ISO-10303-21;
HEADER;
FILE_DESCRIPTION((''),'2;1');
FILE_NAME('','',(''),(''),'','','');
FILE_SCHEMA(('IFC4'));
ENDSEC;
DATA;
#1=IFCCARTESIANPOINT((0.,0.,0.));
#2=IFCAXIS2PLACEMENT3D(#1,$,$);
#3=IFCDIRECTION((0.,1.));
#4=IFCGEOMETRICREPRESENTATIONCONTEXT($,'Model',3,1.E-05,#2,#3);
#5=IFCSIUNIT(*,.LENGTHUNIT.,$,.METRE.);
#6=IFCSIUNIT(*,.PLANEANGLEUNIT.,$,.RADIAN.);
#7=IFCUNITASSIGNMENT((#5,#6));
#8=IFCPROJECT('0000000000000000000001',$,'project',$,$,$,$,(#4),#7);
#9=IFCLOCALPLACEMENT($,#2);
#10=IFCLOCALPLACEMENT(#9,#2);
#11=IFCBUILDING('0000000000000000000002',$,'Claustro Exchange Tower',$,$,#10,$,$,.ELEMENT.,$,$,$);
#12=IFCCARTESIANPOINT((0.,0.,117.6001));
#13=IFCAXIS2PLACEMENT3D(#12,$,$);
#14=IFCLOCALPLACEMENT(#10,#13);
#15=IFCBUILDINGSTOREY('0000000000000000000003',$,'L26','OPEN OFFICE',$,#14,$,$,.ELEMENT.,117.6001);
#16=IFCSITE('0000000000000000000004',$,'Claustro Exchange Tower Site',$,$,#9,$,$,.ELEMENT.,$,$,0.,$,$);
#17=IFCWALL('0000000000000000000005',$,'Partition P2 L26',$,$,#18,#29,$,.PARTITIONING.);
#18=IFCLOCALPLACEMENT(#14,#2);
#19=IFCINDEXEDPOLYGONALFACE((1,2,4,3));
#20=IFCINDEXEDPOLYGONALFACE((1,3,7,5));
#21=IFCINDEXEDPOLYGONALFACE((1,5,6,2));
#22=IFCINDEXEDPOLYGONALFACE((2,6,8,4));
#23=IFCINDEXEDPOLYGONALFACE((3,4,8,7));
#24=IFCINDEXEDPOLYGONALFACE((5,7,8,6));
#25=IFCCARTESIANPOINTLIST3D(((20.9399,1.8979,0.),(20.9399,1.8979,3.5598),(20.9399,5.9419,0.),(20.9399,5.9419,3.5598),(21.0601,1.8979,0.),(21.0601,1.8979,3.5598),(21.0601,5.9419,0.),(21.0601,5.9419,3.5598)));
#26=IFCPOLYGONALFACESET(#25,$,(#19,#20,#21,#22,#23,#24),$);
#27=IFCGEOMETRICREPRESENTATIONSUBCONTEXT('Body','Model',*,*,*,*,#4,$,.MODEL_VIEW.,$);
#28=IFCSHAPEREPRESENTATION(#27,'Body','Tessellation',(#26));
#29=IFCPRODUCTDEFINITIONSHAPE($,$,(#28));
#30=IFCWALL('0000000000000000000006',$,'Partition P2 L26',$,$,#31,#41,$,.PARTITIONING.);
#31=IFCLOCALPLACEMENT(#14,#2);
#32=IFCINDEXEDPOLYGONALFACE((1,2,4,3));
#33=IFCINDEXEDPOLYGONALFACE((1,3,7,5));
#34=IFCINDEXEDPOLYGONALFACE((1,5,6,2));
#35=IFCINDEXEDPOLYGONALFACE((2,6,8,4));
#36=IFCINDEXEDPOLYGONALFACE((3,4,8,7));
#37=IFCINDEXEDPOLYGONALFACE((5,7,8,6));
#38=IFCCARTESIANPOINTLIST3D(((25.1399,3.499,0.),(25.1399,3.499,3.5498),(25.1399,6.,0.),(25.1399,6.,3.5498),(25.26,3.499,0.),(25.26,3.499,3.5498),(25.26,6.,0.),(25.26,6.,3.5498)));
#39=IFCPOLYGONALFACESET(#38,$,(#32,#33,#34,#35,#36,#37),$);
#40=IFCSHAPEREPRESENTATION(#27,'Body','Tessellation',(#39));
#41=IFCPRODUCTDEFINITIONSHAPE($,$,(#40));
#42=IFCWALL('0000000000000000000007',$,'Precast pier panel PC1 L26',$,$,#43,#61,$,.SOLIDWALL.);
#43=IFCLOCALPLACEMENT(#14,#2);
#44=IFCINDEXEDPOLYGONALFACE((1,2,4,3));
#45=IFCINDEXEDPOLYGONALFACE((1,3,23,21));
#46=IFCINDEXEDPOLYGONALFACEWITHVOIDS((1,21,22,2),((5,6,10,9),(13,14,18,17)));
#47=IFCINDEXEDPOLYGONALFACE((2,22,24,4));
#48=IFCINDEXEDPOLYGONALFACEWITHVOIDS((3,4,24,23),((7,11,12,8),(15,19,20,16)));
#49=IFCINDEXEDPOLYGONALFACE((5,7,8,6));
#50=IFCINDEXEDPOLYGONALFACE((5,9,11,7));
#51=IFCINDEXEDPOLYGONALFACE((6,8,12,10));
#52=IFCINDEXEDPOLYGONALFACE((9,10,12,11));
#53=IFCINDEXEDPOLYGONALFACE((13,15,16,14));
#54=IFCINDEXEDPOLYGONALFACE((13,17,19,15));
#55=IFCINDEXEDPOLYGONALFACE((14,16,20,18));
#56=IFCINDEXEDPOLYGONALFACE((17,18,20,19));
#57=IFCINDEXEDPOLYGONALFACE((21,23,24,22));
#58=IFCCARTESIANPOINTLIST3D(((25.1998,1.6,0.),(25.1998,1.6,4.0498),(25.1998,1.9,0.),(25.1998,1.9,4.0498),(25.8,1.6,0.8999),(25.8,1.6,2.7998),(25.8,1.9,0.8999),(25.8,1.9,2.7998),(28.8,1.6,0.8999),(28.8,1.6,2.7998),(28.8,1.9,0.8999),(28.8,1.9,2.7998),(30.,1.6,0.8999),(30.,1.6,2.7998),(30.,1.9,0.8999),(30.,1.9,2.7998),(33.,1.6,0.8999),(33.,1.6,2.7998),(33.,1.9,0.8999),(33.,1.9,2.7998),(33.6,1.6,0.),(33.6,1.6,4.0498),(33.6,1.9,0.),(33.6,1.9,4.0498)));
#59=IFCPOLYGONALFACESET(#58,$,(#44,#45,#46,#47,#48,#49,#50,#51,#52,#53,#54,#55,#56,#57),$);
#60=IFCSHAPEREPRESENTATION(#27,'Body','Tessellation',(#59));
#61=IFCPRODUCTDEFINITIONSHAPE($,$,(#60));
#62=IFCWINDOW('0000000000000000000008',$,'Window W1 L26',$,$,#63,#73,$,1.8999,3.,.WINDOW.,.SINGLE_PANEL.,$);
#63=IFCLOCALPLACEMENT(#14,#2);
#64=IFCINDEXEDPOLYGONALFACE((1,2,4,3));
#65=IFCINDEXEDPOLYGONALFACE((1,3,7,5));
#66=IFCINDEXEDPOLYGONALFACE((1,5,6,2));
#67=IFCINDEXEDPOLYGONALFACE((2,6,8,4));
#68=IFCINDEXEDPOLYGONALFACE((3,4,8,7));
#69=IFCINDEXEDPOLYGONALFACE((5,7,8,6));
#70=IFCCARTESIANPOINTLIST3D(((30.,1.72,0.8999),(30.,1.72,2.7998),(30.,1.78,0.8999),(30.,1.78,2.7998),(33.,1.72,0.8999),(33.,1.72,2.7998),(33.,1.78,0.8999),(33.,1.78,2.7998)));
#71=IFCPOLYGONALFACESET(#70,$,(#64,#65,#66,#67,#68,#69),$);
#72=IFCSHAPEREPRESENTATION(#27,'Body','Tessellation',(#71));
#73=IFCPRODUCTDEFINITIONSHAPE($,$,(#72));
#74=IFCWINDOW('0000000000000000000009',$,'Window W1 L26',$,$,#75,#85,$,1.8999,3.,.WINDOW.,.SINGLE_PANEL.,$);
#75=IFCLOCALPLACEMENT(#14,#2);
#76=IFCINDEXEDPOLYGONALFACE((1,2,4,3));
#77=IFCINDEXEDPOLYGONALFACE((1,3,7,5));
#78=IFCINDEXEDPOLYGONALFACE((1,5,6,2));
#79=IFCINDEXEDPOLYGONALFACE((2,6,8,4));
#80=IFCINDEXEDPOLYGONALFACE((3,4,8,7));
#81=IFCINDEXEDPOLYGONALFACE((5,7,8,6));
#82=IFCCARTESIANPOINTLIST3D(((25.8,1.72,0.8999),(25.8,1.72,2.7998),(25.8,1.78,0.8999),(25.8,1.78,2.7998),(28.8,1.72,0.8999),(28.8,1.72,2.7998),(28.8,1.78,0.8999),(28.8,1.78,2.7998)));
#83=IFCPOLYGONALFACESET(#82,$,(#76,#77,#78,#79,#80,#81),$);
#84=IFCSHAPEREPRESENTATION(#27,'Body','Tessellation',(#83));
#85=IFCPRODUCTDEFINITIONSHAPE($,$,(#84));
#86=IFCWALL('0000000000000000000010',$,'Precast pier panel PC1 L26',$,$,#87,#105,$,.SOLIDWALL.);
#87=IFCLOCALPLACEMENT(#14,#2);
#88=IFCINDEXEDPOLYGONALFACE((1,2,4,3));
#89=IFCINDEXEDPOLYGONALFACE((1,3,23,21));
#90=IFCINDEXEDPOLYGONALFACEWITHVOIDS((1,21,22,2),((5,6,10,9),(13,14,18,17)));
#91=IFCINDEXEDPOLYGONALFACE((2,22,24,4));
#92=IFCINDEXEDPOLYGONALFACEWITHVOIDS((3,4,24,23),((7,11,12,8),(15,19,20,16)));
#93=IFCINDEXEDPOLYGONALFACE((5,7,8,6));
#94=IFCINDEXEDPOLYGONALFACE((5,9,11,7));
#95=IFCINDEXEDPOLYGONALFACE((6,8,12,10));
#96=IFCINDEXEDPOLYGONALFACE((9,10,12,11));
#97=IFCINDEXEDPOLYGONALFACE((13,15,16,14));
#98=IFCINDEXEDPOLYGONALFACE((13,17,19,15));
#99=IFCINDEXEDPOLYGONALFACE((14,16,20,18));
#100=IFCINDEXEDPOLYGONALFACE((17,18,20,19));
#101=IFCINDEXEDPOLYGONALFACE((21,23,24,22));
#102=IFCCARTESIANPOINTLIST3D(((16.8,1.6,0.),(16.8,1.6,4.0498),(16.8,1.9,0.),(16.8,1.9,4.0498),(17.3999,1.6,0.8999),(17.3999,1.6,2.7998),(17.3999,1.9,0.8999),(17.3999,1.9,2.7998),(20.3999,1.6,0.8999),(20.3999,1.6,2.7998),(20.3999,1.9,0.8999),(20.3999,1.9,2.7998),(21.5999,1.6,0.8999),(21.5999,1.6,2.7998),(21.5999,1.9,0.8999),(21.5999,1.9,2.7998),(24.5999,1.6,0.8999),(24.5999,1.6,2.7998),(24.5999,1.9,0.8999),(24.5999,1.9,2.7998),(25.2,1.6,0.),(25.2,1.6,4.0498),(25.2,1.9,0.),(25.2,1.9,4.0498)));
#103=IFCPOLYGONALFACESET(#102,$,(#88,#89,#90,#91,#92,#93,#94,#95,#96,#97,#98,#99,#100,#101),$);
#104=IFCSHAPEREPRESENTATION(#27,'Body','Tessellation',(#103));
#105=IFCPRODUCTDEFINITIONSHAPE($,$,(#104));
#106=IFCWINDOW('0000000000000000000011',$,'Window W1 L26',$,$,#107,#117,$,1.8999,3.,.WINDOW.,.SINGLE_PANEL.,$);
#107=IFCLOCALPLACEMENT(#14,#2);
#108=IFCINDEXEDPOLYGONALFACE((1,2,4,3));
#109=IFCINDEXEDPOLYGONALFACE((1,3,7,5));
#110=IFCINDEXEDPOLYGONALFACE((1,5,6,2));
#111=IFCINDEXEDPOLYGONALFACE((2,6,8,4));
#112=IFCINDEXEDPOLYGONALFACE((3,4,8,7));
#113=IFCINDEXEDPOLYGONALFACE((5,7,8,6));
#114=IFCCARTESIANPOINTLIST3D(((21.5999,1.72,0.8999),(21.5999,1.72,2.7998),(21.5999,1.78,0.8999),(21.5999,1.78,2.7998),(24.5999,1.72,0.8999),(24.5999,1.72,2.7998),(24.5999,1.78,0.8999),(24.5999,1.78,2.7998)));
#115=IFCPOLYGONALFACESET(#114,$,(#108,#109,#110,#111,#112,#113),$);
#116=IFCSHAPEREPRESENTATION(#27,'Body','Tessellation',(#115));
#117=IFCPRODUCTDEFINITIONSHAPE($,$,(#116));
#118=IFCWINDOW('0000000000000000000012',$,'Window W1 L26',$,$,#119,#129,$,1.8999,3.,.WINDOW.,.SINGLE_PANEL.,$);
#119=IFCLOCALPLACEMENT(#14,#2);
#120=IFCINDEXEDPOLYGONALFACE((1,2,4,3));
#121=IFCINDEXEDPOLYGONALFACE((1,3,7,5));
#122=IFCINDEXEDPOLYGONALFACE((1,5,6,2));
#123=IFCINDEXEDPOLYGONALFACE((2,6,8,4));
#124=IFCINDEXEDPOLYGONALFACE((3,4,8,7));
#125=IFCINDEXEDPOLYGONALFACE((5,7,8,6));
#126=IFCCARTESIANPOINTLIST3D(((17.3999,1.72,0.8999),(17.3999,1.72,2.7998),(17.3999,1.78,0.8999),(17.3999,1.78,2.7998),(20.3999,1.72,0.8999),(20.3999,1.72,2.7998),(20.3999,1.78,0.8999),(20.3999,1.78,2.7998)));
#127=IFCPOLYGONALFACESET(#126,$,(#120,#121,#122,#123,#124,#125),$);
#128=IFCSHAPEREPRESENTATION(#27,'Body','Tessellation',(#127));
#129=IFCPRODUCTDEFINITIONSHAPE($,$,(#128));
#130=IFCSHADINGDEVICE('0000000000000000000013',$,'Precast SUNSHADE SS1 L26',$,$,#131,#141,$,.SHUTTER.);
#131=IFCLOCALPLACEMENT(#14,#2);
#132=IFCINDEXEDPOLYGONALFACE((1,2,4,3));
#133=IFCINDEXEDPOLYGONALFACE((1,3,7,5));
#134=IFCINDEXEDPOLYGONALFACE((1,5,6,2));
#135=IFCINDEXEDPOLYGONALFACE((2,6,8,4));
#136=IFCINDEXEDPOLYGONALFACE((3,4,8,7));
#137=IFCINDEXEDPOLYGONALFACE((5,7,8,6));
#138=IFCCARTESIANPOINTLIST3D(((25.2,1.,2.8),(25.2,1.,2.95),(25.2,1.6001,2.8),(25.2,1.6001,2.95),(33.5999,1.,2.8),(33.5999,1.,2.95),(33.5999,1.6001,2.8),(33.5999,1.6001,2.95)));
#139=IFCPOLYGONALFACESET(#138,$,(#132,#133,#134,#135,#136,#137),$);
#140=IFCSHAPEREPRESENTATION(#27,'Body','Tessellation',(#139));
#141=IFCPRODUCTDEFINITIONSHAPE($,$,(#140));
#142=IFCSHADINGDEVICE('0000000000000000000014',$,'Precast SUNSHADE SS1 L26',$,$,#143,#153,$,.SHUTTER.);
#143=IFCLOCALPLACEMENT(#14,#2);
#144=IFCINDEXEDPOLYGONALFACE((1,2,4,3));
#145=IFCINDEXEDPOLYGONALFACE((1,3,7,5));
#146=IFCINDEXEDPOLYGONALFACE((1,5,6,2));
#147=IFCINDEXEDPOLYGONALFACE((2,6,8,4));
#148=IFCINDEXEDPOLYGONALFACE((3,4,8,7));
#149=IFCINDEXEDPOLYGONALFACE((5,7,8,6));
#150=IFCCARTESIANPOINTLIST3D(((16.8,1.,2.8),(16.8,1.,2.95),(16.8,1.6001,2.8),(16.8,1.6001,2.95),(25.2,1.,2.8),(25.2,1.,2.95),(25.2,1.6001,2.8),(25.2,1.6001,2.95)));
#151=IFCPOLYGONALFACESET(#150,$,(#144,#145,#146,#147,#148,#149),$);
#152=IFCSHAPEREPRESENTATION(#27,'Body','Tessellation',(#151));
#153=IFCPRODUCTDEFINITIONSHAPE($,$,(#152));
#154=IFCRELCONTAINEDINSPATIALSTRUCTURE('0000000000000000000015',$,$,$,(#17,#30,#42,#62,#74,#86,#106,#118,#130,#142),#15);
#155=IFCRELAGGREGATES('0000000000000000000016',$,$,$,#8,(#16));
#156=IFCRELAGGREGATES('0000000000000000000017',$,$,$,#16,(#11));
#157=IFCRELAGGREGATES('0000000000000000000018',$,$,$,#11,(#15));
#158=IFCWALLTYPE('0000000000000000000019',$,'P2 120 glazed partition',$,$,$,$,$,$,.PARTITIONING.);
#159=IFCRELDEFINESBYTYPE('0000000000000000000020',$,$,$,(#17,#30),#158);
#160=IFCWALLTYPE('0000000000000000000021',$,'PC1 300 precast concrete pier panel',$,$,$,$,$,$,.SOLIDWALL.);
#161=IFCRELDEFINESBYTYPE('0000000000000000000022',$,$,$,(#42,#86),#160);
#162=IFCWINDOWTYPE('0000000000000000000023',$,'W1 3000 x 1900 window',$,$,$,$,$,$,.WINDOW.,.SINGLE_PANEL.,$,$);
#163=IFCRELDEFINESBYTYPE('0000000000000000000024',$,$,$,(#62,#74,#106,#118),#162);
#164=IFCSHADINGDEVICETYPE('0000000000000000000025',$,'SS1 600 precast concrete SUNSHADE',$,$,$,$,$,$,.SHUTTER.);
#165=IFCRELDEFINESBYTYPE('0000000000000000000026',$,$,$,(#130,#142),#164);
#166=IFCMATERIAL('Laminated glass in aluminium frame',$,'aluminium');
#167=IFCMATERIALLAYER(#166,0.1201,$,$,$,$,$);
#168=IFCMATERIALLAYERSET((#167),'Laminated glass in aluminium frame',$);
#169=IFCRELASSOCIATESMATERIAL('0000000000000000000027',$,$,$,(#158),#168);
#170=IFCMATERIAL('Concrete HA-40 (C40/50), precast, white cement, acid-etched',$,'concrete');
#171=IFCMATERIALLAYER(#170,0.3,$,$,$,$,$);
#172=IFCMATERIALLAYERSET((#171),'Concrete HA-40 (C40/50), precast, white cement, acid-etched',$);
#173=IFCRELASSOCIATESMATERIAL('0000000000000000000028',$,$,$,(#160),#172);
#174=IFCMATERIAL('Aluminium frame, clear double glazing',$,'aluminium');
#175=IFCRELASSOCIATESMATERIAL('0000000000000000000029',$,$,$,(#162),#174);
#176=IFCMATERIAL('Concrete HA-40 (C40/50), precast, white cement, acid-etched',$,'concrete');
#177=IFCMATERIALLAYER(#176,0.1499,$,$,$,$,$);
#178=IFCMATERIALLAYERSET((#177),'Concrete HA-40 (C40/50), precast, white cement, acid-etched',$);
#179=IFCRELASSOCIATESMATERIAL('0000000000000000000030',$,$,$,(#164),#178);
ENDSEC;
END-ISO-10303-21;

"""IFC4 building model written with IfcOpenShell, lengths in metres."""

from ifc_helpers import new_model, si_unit, direction, frame, frame_2d, origin, origin_2d, place, context, subcontext, project, spatial, rectangle, extrude, material, layer, layer_set, type_object, element, fill, save


model = new_model("IFC4")

# Units and contexts
model_context = context("Model", 3, precision=1e-05, world=origin(), true_north=direction((0.0, 1.0)))
body_context = subcontext(model_context, "Body", "Model", "MODEL_VIEW")
ifc_project = project(units=[si_unit("LENGTHUNIT", "METRE"), si_unit("PLANEANGLEUNIT", "RADIAN")], contexts=[model_context])

# Site, building, storey
site_placement = place(None, origin())
site = spatial("IfcSite", under=ifc_project, at=site_placement, Name="Claustro Exchange Tower Site", CompositionType="ELEMENT", RefElevation=0.0)
building_placement = place(site_placement, origin())
building = spatial("IfcBuilding", under=site, at=building_placement, Name="Claustro Exchange Tower", CompositionType="ELEMENT")
storey_placement = place(building_placement, frame((0.0, 0.0, 117.6001)))
storey = spatial("IfcBuildingStorey", under=building, at=storey_placement, Name="L26", Description="OPEN OFFICE", CompositionType="ELEMENT", Elevation=117.6001)

# Walls
ifc_material_1 = material(Name="Laminated glass in aluminium frame", Category="aluminium")
ifc_layer_1 = layer(ifc_material_1, 0.1201)
ifc_layer_set_1 = layer_set([ifc_layer_1], Name="Laminated glass in aluminium frame")
wall_type_1 = type_object("IfcWallType", Name="P2 120 glazed partition", PredefinedType="PARTITIONING", material=ifc_layer_set_1)
wall_1_placement = place(storey_placement, frame((21.0, 1.8979, 0.0), z_axis=(0.0, 0.0, 1.0), x_axis=(0.0, 1.0, 0.0)))
element("IfcWall", 1, at=wall_1_placement, inside=storey, type_object=wall_type_1, Name="Partition P2 L26", PredefinedType="PARTITIONING", context=body_context, shape_type="SweptSolid", body=[
    extrude(rectangle(XDim=4.0439, YDim=0.1201, at=frame_2d((2.022, 0.0))), origin(), (0.0, 0.0, 1.0), 3.5598),
])
wall_2_placement = place(storey_placement, frame((25.2, 3.499, 0.0), z_axis=(0.0, 0.0, 1.0), x_axis=(0.0, 1.0, 0.0)))
element("IfcWall", 2, at=wall_2_placement, inside=storey, type_object=wall_type_1, Name="Partition P2 L26", PredefinedType="PARTITIONING", context=body_context, shape_type="SweptSolid", body=[
    extrude(rectangle(XDim=2.501, YDim=0.1201, at=frame_2d((1.2505, 0.0))), origin(), (0.0, 0.0, 1.0), 3.5498),
])

# Walls, openings, windows
ifc_material_2 = material(Name="Concrete HA-40 (C40/50), precast, white cement, acid-etched", Category="concrete")
ifc_layer_2 = layer(ifc_material_2, 0.3)
ifc_layer_set_2 = layer_set([ifc_layer_2], Name="Concrete HA-40 (C40/50), precast, white cement, acid-etched")
wall_type_2 = type_object("IfcWallType", Name="PC1 300 precast concrete pier panel", PredefinedType="SOLIDWALL", material=ifc_layer_set_2)
wall_3_placement = place(storey_placement, frame((33.6001, 1.75, 0.0), z_axis=(0.0, 0.0, 1.0), x_axis=(-1.0, 0.0, 0.0)))
wall_3 = element("IfcWall", 3, at=wall_3_placement, inside=storey, type_object=wall_type_2, Name="Precast pier panel PC1 L26", PredefinedType="SOLIDWALL", context=body_context, shape_type="SweptSolid", body=[
    extrude(rectangle(XDim=8.4001, YDim=0.3, at=frame_2d((4.2002, 0.0))), origin(), (0.0, 0.0, 1.0), 4.0498),
])
opening_1_placement = place(wall_3_placement, frame((0.6001, 0.0, 0.8999)))
opening_1 = element("IfcOpeningElement", 4, at=opening_1_placement, cuts=wall_3, PredefinedType="OPENING", context=body_context, shape_type="SweptSolid", body=[
    extrude(rectangle(XDim=3.0, YDim=1.8999, at=frame_2d((1.5, 0.95))), frame((0.0, 0.1599, 0.0), z_axis=(0.0, -1.0, 0.0), x_axis=(1.0, 0.0, 0.0)), (0.0, 0.0, 1.0), 0.3201),
])
opening_2_placement = place(wall_3_placement, frame((4.8, 0.0, 0.8999)))
opening_2 = element("IfcOpeningElement", 5, at=opening_2_placement, cuts=wall_3, PredefinedType="OPENING", context=body_context, shape_type="SweptSolid", body=[
    extrude(rectangle(XDim=3.0, YDim=1.8999, at=frame_2d((1.5, 0.95))), frame((0.0, 0.1599, 0.0), z_axis=(0.0, -1.0, 0.0), x_axis=(1.0, 0.0, 0.0)), (0.0, 0.0, 1.0), 0.3201),
])
ifc_material_3 = material(Name="Aluminium frame, clear double glazing", Category="aluminium")
window_type = type_object("IfcWindowType", Name="W1 3000 x 1900 window", PartitioningType="SINGLE_PANEL", PredefinedType="WINDOW", material=ifc_material_3)
window_1_placement = place(opening_1_placement, origin())
window_1 = element("IfcWindow", 6, at=window_1_placement, inside=storey, type_object=window_type, Name="Window W1 L26", OverallHeight=1.8999, OverallWidth=3.0, PartitioningType="SINGLE_PANEL", PredefinedType="WINDOW", context=body_context, shape_type="SweptSolid", body=[
    extrude(rectangle(XDim=3.0, YDim=1.8999, at=frame_2d((1.5, 0.95))), frame((0.0, 0.03, 0.0), z_axis=(0.0, -1.0, 0.0), x_axis=(1.0, 0.0, 0.0)), (0.0, 0.0, 1.0), 0.0601),
])
fill(opening_1, window_1)
window_2_placement = place(opening_2_placement, origin())
window_2 = element("IfcWindow", 7, at=window_2_placement, inside=storey, type_object=window_type, Name="Window W1 L26", OverallHeight=1.8999, OverallWidth=3.0, PartitioningType="SINGLE_PANEL", PredefinedType="WINDOW", context=body_context, shape_type="SweptSolid", body=[
    extrude(rectangle(XDim=3.0, YDim=1.8999, at=frame_2d((1.5, 0.95))), frame((0.0, 0.03, 0.0), z_axis=(0.0, -1.0, 0.0), x_axis=(1.0, 0.0, 0.0)), (0.0, 0.0, 1.0), 0.0601),
])
fill(opening_2, window_2)
wall_4_placement = place(storey_placement, frame((25.2, 1.75, 0.0), z_axis=(0.0, 0.0, 1.0), x_axis=(-1.0, 0.0, 0.0)))
wall_4 = element("IfcWall", 8, at=wall_4_placement, inside=storey, type_object=wall_type_2, Name="Precast pier panel PC1 L26", PredefinedType="SOLIDWALL", context=body_context, shape_type="SweptSolid", body=[
    extrude(rectangle(XDim=8.3999, YDim=0.3, at=frame_2d((4.2, 0.0))), origin(), (0.0, 0.0, 1.0), 4.0498),
])
opening_3_placement = place(wall_4_placement, frame((0.6001, 0.0, 0.8999)))
opening_3 = element("IfcOpeningElement", 9, at=opening_3_placement, cuts=wall_4, PredefinedType="OPENING", context=body_context, shape_type="SweptSolid", body=[
    extrude(rectangle(XDim=3.0, YDim=1.8999, at=frame_2d((1.5, 0.95))), frame((0.0, 0.1599, 0.0), z_axis=(0.0, -1.0, 0.0), x_axis=(1.0, 0.0, 0.0)), (0.0, 0.0, 1.0), 0.3201),
])
opening_4_placement = place(wall_4_placement, frame((4.8, 0.0, 0.8999)))
opening_4 = element("IfcOpeningElement", 10, at=opening_4_placement, cuts=wall_4, PredefinedType="OPENING", context=body_context, shape_type="SweptSolid", body=[
    extrude(rectangle(XDim=3.0, YDim=1.8999, at=frame_2d((1.5, 0.95))), frame((0.0, 0.1599, 0.0), z_axis=(0.0, -1.0, 0.0), x_axis=(1.0, 0.0, 0.0)), (0.0, 0.0, 1.0), 0.3201),
])
window_3_placement = place(opening_3_placement, origin())
window_3 = element("IfcWindow", 11, at=window_3_placement, inside=storey, type_object=window_type, Name="Window W1 L26", OverallHeight=1.8999, OverallWidth=3.0, PartitioningType="SINGLE_PANEL", PredefinedType="WINDOW", context=body_context, shape_type="SweptSolid", body=[
    extrude(rectangle(XDim=3.0, YDim=1.8999, at=frame_2d((1.5, 0.95))), frame((0.0, 0.03, 0.0), z_axis=(0.0, -1.0, 0.0), x_axis=(1.0, 0.0, 0.0)), (0.0, 0.0, 1.0), 0.0601),
])
fill(opening_3, window_3)
window_4_placement = place(opening_4_placement, origin())
window_4 = element("IfcWindow", 12, at=window_4_placement, inside=storey, type_object=window_type, Name="Window W1 L26", OverallHeight=1.8999, OverallWidth=3.0, PartitioningType="SINGLE_PANEL", PredefinedType="WINDOW", context=body_context, shape_type="SweptSolid", body=[
    extrude(rectangle(XDim=3.0, YDim=1.8999, at=frame_2d((1.5, 0.95))), frame((0.0, 0.03, 0.0), z_axis=(0.0, -1.0, 0.0), x_axis=(1.0, 0.0, 0.0)), (0.0, 0.0, 1.0), 0.0601),
])
fill(opening_4, window_4)

# Shading devices
ifc_material_4 = material(Name="Concrete HA-40 (C40/50), precast, white cement, acid-etched", Category="concrete")
ifc_layer_3 = layer(ifc_material_4, 0.1499)
ifc_layer_set_3 = layer_set([ifc_layer_3], Name="Concrete HA-40 (C40/50), precast, white cement, acid-etched")
shading_device_type = type_object("IfcShadingDeviceType", Name="SS1 600 precast concrete SUNSHADE", PredefinedType="SHUTTER", material=ifc_layer_set_3)
for number, where, z_axis, x_axis, name in (
    (13, (29.3999, 1.3, 2.8), (0.0, 0.0, 1.0), (-1.0, 0.0, 0.0), "Precast SUNSHADE SS1 L26"),
    (14, (21.0, 1.3, 2.8), (0.0, 0.0, 1.0), (-1.0, 0.0, 0.0), "Precast SUNSHADE SS1 L26"),
):
    element("IfcShadingDevice", number, at=place(storey_placement, frame(where, z_axis=z_axis, x_axis=x_axis)), inside=storey, type_object=shading_device_type, Name=name, PredefinedType="SHUTTER", context=body_context, shape_type="SweptSolid", body=[
        extrude(rectangle(XDim=8.3999, YDim=0.6001, at=origin_2d()), origin(), (0.0, 0.0, 1.0), 0.1499),
    ])

save(model, "model.ifc")
